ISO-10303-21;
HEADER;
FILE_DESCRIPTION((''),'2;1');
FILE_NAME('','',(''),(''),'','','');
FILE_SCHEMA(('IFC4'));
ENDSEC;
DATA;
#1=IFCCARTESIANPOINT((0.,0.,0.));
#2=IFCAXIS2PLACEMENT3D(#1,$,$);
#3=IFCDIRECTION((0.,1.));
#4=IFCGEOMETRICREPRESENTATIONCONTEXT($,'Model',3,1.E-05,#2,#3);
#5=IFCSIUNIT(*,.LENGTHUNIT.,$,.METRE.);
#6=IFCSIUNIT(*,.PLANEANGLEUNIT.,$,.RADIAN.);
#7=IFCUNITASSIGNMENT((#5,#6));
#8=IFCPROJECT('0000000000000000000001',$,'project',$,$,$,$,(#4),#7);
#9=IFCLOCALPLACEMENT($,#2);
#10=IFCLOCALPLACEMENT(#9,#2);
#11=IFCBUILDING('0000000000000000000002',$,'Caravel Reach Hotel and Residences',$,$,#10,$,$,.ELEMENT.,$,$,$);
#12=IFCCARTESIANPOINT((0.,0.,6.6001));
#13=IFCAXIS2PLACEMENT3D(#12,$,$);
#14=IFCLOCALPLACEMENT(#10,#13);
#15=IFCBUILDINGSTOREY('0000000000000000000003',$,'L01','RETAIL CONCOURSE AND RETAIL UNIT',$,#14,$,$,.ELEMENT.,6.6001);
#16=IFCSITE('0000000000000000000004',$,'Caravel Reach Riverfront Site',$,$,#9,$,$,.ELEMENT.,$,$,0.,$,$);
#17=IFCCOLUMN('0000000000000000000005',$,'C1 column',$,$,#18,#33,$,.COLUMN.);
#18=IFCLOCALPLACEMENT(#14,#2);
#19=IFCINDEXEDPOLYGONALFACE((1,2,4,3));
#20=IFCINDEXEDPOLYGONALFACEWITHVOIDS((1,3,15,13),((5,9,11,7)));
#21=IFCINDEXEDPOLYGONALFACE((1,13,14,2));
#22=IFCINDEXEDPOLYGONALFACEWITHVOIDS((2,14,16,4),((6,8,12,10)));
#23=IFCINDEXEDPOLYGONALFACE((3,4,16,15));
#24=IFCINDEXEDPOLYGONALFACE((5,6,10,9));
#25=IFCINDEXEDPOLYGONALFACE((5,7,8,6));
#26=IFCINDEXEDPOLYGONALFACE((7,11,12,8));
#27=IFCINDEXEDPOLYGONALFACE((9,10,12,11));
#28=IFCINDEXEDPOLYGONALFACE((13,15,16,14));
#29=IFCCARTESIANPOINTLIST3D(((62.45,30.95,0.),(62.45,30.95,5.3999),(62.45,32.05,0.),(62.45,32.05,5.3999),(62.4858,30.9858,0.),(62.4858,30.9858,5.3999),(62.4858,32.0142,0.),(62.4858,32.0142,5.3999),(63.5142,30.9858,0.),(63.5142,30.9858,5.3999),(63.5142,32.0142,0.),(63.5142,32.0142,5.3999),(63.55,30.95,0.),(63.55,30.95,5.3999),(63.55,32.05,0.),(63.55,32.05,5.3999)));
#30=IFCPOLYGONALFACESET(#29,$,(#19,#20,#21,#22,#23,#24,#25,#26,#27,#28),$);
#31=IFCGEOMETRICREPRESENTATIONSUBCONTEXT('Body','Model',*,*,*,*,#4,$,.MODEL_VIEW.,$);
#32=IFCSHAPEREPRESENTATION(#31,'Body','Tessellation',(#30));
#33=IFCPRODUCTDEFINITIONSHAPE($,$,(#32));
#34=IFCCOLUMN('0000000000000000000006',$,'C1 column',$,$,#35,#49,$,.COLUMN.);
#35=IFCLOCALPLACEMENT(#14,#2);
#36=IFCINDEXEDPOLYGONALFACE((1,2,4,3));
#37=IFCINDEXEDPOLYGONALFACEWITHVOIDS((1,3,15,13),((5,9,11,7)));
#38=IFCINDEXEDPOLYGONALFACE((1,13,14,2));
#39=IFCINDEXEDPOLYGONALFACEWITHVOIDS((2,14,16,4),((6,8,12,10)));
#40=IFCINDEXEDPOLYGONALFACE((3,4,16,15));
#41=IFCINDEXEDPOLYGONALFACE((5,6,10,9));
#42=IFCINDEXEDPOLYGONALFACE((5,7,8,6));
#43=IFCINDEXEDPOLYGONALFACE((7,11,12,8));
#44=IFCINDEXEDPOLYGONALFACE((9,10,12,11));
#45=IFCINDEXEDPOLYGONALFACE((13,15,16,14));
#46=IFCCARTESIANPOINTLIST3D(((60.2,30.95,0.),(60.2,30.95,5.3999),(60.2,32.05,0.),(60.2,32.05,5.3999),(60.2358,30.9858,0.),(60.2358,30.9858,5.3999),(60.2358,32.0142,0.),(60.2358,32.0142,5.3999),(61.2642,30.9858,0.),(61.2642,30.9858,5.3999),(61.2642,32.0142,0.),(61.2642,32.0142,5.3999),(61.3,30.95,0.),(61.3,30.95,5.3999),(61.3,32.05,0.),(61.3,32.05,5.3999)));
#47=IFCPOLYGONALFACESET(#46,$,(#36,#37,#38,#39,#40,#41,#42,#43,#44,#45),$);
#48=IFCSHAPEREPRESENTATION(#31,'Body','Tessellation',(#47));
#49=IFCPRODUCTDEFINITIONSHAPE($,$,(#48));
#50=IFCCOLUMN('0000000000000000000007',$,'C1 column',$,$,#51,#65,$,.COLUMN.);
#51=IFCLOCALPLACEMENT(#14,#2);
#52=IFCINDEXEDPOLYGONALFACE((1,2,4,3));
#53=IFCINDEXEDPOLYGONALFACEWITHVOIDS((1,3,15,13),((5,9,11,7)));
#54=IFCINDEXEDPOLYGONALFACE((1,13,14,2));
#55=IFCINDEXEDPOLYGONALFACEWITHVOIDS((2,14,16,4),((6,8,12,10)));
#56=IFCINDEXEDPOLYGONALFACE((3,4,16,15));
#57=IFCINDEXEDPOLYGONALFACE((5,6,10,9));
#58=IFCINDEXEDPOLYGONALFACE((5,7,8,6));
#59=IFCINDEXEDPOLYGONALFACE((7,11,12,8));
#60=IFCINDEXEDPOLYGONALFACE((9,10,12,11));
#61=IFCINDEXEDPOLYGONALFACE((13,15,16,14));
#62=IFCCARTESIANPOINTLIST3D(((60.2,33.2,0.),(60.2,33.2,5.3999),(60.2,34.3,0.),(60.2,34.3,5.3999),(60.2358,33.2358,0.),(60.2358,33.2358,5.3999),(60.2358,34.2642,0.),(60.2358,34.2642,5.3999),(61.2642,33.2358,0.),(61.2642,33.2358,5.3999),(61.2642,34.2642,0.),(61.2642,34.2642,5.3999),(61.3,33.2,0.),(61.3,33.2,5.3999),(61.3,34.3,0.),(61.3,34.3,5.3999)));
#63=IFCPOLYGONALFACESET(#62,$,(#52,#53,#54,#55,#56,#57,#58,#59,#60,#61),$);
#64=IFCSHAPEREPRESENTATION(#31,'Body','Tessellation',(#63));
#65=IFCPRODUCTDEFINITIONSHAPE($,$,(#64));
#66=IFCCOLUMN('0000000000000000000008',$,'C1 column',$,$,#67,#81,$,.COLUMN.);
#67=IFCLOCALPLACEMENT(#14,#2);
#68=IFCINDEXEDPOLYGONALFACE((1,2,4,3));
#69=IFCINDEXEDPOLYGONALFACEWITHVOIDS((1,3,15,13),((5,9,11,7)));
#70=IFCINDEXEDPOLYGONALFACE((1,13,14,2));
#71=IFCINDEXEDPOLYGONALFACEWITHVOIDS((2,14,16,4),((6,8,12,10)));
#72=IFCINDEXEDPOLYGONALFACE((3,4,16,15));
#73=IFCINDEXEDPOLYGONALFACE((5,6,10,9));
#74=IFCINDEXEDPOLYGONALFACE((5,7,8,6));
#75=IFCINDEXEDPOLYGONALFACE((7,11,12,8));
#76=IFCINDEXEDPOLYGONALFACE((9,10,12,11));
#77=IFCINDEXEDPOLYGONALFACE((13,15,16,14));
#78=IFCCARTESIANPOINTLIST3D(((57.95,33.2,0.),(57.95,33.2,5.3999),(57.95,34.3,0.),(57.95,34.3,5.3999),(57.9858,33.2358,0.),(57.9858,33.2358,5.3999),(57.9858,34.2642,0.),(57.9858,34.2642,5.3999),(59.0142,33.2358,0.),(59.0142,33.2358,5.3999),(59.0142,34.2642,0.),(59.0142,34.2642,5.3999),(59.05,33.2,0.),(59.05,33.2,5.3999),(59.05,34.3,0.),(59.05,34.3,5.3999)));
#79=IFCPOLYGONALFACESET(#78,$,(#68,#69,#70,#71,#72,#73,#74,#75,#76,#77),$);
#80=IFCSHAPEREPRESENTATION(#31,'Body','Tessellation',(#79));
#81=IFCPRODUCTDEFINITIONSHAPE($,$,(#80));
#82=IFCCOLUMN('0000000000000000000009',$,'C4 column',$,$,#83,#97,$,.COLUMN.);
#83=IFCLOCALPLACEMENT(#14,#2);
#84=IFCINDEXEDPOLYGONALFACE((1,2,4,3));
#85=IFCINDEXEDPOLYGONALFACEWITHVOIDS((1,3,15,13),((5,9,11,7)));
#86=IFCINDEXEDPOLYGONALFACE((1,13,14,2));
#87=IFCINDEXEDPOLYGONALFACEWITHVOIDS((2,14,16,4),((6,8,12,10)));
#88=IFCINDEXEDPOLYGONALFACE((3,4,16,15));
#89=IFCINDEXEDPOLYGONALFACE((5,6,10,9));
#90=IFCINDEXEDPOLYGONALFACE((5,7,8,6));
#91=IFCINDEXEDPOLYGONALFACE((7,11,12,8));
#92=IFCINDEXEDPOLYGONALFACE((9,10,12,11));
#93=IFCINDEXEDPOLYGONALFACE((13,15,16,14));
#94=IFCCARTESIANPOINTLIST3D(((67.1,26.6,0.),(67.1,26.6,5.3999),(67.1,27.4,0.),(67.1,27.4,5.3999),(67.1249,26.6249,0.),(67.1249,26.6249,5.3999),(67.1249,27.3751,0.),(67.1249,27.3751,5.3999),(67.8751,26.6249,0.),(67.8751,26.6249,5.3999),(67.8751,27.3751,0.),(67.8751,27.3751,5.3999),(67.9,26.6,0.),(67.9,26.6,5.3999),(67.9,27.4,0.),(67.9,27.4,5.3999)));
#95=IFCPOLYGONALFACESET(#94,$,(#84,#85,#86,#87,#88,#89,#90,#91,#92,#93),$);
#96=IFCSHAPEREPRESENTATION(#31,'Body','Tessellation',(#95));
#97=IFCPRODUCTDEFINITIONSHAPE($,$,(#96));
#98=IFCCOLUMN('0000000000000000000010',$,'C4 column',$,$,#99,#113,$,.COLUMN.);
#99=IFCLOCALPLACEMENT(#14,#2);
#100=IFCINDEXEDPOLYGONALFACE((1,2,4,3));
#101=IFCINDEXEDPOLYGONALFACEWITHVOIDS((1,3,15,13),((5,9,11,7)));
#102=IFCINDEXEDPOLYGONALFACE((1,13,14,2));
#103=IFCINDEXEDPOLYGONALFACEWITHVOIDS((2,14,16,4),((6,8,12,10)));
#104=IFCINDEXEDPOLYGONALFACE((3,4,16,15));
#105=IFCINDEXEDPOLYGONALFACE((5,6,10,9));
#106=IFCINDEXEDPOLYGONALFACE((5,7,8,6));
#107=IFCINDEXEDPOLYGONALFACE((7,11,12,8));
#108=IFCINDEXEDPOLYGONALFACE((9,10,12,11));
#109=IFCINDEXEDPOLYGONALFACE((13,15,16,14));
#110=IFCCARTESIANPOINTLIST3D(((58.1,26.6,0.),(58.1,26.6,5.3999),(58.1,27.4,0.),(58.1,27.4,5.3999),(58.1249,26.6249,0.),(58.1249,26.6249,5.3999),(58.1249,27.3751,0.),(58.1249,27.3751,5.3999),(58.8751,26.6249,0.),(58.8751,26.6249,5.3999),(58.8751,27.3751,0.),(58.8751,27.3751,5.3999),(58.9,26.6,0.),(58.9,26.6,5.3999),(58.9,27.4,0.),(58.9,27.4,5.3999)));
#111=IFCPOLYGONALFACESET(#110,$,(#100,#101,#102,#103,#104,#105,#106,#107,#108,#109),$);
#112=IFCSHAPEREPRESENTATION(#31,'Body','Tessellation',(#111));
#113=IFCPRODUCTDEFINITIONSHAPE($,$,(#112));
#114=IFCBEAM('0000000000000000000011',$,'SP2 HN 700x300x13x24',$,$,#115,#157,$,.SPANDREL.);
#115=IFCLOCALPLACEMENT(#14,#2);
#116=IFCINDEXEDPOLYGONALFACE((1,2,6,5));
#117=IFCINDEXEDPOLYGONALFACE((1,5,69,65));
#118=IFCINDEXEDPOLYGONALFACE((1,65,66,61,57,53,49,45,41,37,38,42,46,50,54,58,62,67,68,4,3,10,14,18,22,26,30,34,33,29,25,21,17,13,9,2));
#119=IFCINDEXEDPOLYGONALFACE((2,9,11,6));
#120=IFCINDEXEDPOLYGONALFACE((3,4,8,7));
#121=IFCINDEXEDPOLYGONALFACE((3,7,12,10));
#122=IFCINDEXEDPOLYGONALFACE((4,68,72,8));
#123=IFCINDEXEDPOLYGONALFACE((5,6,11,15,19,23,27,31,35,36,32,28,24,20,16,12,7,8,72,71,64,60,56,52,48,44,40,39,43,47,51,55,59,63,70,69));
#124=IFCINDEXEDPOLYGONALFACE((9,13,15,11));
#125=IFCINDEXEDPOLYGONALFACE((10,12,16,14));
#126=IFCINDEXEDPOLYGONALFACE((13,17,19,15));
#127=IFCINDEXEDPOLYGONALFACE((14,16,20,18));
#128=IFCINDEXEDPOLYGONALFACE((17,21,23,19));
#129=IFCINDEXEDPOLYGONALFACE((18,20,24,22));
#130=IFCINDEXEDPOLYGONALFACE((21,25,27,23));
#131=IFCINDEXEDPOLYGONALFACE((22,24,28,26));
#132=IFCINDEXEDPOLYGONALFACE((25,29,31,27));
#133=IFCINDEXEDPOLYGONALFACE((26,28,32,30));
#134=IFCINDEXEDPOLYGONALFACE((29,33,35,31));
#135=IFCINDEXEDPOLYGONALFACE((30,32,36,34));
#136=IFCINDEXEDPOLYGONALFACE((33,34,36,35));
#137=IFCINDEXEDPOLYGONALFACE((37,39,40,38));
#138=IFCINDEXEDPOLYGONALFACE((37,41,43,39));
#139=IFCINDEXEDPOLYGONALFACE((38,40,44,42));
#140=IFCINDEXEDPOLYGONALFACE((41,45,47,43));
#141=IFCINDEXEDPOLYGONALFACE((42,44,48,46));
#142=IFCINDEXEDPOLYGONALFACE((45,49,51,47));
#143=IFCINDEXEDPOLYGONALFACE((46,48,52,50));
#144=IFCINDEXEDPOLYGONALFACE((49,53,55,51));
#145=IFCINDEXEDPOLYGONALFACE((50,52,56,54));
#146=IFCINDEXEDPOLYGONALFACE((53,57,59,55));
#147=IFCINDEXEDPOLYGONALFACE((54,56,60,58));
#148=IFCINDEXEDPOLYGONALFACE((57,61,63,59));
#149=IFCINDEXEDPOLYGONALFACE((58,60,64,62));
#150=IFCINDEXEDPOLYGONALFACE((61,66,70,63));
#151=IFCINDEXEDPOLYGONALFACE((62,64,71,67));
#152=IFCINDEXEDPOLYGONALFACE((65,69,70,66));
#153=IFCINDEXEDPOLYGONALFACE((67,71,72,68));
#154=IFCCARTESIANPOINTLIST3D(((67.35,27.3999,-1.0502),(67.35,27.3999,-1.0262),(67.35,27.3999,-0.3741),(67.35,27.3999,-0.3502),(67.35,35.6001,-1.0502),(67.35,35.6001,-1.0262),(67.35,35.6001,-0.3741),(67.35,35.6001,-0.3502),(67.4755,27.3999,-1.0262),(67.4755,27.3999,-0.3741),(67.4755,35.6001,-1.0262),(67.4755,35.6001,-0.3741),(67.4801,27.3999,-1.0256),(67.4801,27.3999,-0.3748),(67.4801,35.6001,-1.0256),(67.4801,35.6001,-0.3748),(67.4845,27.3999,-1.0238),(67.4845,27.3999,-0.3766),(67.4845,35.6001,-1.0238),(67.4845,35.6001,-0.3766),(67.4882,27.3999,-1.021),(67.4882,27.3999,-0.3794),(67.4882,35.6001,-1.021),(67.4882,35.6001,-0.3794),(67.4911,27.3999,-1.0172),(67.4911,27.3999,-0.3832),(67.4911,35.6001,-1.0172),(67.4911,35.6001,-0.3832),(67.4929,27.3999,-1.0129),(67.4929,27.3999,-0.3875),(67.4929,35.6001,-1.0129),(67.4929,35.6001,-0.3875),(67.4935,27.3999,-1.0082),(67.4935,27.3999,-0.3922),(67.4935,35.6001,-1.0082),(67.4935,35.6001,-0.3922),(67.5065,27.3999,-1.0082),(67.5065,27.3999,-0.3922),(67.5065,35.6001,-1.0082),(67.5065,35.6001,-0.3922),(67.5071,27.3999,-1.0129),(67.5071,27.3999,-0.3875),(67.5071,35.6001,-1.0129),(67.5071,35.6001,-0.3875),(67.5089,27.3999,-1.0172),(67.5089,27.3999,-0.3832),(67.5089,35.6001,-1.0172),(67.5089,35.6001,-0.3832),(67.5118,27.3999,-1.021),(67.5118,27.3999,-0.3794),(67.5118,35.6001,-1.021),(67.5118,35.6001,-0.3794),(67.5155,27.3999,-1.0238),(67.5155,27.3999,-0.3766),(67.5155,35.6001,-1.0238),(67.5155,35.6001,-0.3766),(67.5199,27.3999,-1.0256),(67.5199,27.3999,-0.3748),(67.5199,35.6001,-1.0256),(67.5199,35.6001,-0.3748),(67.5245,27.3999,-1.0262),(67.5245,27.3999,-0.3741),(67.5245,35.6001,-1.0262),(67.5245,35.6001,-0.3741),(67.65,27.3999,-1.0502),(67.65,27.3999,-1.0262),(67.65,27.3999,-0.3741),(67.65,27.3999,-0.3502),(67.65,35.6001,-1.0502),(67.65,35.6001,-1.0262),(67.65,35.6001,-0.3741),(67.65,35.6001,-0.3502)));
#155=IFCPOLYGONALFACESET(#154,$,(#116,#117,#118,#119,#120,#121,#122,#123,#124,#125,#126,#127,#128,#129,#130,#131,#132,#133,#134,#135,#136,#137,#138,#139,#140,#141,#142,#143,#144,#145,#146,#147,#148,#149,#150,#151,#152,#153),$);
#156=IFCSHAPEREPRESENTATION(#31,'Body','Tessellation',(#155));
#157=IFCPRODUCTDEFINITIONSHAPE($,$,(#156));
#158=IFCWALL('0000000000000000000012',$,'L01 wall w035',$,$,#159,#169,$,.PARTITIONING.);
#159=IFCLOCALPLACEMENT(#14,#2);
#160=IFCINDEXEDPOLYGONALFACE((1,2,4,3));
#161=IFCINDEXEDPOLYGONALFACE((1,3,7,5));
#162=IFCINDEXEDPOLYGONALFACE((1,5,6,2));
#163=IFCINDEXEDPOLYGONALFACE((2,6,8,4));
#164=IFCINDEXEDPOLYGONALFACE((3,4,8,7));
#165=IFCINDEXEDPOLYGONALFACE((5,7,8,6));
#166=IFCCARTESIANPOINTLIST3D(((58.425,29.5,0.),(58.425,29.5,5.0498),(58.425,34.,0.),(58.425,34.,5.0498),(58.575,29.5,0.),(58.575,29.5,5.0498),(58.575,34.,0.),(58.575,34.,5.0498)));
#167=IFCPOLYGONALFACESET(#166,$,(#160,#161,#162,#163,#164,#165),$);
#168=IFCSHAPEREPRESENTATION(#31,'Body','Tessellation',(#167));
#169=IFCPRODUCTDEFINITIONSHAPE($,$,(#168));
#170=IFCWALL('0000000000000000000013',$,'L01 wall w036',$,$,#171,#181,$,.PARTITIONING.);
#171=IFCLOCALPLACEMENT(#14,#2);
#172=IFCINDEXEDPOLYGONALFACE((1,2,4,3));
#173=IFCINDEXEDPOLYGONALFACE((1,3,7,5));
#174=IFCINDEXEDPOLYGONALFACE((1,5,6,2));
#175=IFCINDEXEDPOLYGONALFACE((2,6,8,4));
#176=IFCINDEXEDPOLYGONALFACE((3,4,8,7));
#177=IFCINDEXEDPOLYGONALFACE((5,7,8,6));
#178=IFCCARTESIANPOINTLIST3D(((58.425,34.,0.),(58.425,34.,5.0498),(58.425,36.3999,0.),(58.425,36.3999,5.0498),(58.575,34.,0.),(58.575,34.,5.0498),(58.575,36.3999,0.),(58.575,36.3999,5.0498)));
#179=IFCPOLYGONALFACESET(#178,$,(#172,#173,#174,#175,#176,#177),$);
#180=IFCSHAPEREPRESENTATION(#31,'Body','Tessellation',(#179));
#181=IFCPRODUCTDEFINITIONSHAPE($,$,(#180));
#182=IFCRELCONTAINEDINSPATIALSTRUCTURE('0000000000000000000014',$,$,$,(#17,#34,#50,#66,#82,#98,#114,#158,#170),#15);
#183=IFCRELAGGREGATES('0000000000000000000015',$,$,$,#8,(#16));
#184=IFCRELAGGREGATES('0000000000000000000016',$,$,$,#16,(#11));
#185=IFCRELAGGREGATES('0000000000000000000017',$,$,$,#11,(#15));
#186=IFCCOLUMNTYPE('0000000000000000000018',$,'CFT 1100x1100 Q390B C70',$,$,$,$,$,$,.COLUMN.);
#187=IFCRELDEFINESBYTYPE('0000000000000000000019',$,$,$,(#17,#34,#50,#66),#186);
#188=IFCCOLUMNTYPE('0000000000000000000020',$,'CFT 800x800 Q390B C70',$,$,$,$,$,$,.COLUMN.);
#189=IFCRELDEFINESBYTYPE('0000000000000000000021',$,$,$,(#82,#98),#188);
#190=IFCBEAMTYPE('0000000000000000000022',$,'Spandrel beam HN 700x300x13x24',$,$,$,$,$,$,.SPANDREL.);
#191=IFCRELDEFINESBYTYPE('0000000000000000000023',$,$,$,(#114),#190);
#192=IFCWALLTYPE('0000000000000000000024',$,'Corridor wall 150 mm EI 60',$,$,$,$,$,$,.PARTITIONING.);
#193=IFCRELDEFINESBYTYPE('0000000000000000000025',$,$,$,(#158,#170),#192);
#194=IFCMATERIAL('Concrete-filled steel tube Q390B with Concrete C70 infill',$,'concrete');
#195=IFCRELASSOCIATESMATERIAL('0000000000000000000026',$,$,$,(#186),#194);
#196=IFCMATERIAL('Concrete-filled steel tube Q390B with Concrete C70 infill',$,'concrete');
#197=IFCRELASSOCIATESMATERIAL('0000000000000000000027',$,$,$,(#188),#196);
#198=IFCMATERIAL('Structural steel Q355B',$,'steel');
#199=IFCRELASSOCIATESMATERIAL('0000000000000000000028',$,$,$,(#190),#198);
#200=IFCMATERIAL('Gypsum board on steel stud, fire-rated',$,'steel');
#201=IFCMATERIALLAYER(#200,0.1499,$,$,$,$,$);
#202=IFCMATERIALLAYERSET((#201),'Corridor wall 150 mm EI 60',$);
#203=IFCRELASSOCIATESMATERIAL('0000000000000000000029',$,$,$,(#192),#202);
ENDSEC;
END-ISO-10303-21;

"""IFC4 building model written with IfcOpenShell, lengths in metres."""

from ifc_helpers import new_model, si_unit, direction, frame, frame_2d, origin, origin_2d, place, context, subcontext, project, spatial, rectangle, hollow_rectangle, i_section, extrude, material, layer, layer_set, material_profile, profile_set, type_object, element, save


model = new_model("IFC4")

# Units and contexts
model_context = context("Model", 3, precision=1e-05, world=origin(), true_north=direction((0.0, 1.0)))
body_context = subcontext(model_context, "Body", "Model", "MODEL_VIEW")
ifc_project = project(units=[si_unit("LENGTHUNIT", "METRE"), si_unit("PLANEANGLEUNIT", "RADIAN")], contexts=[model_context])

# Site, building, storey
site_placement = place(None, origin())
site = spatial("IfcSite", under=ifc_project, at=site_placement, Name="Caravel Reach Riverfront Site", CompositionType="ELEMENT", RefElevation=0.0)
building_placement = place(site_placement, origin())
building = spatial("IfcBuilding", under=site, at=building_placement, Name="Caravel Reach Hotel and Residences", CompositionType="ELEMENT")
storey_placement = place(building_placement, frame((0.0, 0.0, 6.6001)))
storey = spatial("IfcBuildingStorey", under=building, at=storey_placement, Name="L01", Description="RETAIL CONCOURSE AND RETAIL UNIT", CompositionType="ELEMENT", Elevation=6.6001)

# Columns
ifc_material_1 = material(Name="Concrete-filled steel tube Q390B with Concrete C70 infill", Category="concrete")
ifc_material_profile_1 = material_profile(ifc_material_1, hollow_rectangle(XDim=1.1001, YDim=1.1001, WallThickness=0.0359, at=origin_2d()), Name="RHS 1100x1100x36")
ifc_profile_set_1 = profile_set([ifc_material_profile_1], Name="Concrete-filled steel tube Q390B with Concrete C70 infill")
column_type_1 = type_object("IfcColumnType", Name="CFT 1100x1100 Q390B C70", PredefinedType="COLUMN", material=ifc_profile_set_1)
for number, where, z_axis, x_axis, name in (
    (1, (63.0, 31.5, 0.0), (0.0, 0.0, 1.0), (1.0, 0.0, 0.0), "C1 column"),
    (2, (60.75, 31.5, 0.0), (0.0, 0.0, 1.0), (1.0, 0.0, 0.0), "C1 column"),
    (3, (60.75, 33.75, 0.0), (0.0, 0.0, 1.0), (1.0, 0.0, 0.0), "C1 column"),
    (4, (58.5, 33.75, 0.0), (0.0, 0.0, 1.0), (1.0, 0.0, 0.0), "C1 column"),
):
    element("IfcColumn", number, at=place(storey_placement, frame(where, z_axis=z_axis, x_axis=x_axis)), inside=storey, type_object=column_type_1, Name=name, PredefinedType="COLUMN", context=body_context, shape_type="SweptSolid", body=[
        extrude(hollow_rectangle(XDim=1.1001, YDim=1.1001, WallThickness=0.0359, at=origin_2d()), origin(), (0.0, 0.0, 1.0), 5.3999),
    ])
ifc_material_2 = material(Name="Concrete-filled steel tube Q390B with Concrete C70 infill", Category="concrete")
ifc_material_profile_2 = material_profile(ifc_material_2, hollow_rectangle(XDim=0.8, YDim=0.8, WallThickness=0.0249, at=origin_2d()), Name="RHS 800x800x25")
ifc_profile_set_2 = profile_set([ifc_material_profile_2], Name="Concrete-filled steel tube Q390B with Concrete C70 infill")
column_type_2 = type_object("IfcColumnType", Name="CFT 800x800 Q390B C70", PredefinedType="COLUMN", material=ifc_profile_set_2)
for number, where, z_axis, x_axis, name in (
    (5, (67.5, 27.0, 0.0), (0.0, 0.0, 1.0), (1.0, 0.0, 0.0), "C4 column"),
    (6, (58.5, 27.0, 0.0), (0.0, 0.0, 1.0), (1.0, 0.0, 0.0), "C4 column"),
):
    element("IfcColumn", number, at=place(storey_placement, frame(where, z_axis=z_axis, x_axis=x_axis)), inside=storey, type_object=column_type_2, Name=name, PredefinedType="COLUMN", context=body_context, shape_type="SweptSolid", body=[
        extrude(hollow_rectangle(XDim=0.8, YDim=0.8, WallThickness=0.0249, at=origin_2d()), origin(), (0.0, 0.0, 1.0), 5.3999),
    ])

# Beam
ifc_material_3 = material(Name="Structural steel Q355B", Category="steel")
ifc_material_profile_3 = material_profile(ifc_material_3, i_section(OverallWidth=0.3, OverallDepth=0.7, WebThickness=0.0129, FlangeThickness=0.0239, FilletRadius=0.0181, at=origin_2d()), Name="HN 700x300x13x24")
ifc_profile_set_3 = profile_set([ifc_material_profile_3], Name="Structural steel Q355B")
beam_type = type_object("IfcBeamType", Name="Spandrel beam HN 700x300x13x24", PredefinedType="SPANDREL", material=ifc_profile_set_3)
beam_placement = place(storey_placement, frame((67.5, 27.3999, -0.7002), z_axis=(0.0, 1.0, 0.0), x_axis=(-1.0, 0.0, 0.0)))
element("IfcBeam", 7, at=beam_placement, inside=storey, type_object=beam_type, Name="SP2 HN 700x300x13x24", PredefinedType="SPANDREL", context=body_context, shape_type="SweptSolid", body=[
    extrude(i_section(OverallWidth=0.3, OverallDepth=0.7, WebThickness=0.0129, FlangeThickness=0.0239, FilletRadius=0.0181, at=origin_2d()), origin(), (0.0, 0.0, 1.0), 8.2002),
])

# Walls
ifc_material_4 = material(Name="Gypsum board on steel stud, fire-rated", Category="steel")
ifc_layer_1 = layer(ifc_material_4, 0.1499)
ifc_layer_set_1 = layer_set([ifc_layer_1], Name="Corridor wall 150 mm EI 60")
wall_type_1 = type_object("IfcWallType", Name="Corridor wall 150 mm EI 60", PredefinedType="PARTITIONING", material=ifc_layer_set_1)
wall_1_placement = place(storey_placement, frame((58.5, 29.5, 0.0), z_axis=(0.0, 0.0, 1.0), x_axis=(0.0, 1.0, 0.0)))
element("IfcWall", 8, at=wall_1_placement, inside=storey, type_object=wall_type_1, Name="L01 wall w035", PredefinedType="PARTITIONING", context=body_context, shape_type="SweptSolid", body=[
    extrude(rectangle(XDim=4.5, YDim=0.1499, at=frame_2d((2.25, 0.0))), origin(), (0.0, 0.0, 1.0), 5.0498),
])
wall_2_placement = place(storey_placement, frame((58.5, 34.0, 0.0), z_axis=(0.0, 0.0, 1.0), x_axis=(0.0, 1.0, 0.0)))
element("IfcWall", 9, at=wall_2_placement, inside=storey, type_object=wall_type_1, Name="L01 wall w036", PredefinedType="PARTITIONING", context=body_context, shape_type="SweptSolid", body=[
    extrude(rectangle(XDim=2.3999, YDim=0.1499, at=frame_2d((1.2, 0.0))), origin(), (0.0, 0.0, 1.0), 5.0498),
])

save(model, "model.ifc")
